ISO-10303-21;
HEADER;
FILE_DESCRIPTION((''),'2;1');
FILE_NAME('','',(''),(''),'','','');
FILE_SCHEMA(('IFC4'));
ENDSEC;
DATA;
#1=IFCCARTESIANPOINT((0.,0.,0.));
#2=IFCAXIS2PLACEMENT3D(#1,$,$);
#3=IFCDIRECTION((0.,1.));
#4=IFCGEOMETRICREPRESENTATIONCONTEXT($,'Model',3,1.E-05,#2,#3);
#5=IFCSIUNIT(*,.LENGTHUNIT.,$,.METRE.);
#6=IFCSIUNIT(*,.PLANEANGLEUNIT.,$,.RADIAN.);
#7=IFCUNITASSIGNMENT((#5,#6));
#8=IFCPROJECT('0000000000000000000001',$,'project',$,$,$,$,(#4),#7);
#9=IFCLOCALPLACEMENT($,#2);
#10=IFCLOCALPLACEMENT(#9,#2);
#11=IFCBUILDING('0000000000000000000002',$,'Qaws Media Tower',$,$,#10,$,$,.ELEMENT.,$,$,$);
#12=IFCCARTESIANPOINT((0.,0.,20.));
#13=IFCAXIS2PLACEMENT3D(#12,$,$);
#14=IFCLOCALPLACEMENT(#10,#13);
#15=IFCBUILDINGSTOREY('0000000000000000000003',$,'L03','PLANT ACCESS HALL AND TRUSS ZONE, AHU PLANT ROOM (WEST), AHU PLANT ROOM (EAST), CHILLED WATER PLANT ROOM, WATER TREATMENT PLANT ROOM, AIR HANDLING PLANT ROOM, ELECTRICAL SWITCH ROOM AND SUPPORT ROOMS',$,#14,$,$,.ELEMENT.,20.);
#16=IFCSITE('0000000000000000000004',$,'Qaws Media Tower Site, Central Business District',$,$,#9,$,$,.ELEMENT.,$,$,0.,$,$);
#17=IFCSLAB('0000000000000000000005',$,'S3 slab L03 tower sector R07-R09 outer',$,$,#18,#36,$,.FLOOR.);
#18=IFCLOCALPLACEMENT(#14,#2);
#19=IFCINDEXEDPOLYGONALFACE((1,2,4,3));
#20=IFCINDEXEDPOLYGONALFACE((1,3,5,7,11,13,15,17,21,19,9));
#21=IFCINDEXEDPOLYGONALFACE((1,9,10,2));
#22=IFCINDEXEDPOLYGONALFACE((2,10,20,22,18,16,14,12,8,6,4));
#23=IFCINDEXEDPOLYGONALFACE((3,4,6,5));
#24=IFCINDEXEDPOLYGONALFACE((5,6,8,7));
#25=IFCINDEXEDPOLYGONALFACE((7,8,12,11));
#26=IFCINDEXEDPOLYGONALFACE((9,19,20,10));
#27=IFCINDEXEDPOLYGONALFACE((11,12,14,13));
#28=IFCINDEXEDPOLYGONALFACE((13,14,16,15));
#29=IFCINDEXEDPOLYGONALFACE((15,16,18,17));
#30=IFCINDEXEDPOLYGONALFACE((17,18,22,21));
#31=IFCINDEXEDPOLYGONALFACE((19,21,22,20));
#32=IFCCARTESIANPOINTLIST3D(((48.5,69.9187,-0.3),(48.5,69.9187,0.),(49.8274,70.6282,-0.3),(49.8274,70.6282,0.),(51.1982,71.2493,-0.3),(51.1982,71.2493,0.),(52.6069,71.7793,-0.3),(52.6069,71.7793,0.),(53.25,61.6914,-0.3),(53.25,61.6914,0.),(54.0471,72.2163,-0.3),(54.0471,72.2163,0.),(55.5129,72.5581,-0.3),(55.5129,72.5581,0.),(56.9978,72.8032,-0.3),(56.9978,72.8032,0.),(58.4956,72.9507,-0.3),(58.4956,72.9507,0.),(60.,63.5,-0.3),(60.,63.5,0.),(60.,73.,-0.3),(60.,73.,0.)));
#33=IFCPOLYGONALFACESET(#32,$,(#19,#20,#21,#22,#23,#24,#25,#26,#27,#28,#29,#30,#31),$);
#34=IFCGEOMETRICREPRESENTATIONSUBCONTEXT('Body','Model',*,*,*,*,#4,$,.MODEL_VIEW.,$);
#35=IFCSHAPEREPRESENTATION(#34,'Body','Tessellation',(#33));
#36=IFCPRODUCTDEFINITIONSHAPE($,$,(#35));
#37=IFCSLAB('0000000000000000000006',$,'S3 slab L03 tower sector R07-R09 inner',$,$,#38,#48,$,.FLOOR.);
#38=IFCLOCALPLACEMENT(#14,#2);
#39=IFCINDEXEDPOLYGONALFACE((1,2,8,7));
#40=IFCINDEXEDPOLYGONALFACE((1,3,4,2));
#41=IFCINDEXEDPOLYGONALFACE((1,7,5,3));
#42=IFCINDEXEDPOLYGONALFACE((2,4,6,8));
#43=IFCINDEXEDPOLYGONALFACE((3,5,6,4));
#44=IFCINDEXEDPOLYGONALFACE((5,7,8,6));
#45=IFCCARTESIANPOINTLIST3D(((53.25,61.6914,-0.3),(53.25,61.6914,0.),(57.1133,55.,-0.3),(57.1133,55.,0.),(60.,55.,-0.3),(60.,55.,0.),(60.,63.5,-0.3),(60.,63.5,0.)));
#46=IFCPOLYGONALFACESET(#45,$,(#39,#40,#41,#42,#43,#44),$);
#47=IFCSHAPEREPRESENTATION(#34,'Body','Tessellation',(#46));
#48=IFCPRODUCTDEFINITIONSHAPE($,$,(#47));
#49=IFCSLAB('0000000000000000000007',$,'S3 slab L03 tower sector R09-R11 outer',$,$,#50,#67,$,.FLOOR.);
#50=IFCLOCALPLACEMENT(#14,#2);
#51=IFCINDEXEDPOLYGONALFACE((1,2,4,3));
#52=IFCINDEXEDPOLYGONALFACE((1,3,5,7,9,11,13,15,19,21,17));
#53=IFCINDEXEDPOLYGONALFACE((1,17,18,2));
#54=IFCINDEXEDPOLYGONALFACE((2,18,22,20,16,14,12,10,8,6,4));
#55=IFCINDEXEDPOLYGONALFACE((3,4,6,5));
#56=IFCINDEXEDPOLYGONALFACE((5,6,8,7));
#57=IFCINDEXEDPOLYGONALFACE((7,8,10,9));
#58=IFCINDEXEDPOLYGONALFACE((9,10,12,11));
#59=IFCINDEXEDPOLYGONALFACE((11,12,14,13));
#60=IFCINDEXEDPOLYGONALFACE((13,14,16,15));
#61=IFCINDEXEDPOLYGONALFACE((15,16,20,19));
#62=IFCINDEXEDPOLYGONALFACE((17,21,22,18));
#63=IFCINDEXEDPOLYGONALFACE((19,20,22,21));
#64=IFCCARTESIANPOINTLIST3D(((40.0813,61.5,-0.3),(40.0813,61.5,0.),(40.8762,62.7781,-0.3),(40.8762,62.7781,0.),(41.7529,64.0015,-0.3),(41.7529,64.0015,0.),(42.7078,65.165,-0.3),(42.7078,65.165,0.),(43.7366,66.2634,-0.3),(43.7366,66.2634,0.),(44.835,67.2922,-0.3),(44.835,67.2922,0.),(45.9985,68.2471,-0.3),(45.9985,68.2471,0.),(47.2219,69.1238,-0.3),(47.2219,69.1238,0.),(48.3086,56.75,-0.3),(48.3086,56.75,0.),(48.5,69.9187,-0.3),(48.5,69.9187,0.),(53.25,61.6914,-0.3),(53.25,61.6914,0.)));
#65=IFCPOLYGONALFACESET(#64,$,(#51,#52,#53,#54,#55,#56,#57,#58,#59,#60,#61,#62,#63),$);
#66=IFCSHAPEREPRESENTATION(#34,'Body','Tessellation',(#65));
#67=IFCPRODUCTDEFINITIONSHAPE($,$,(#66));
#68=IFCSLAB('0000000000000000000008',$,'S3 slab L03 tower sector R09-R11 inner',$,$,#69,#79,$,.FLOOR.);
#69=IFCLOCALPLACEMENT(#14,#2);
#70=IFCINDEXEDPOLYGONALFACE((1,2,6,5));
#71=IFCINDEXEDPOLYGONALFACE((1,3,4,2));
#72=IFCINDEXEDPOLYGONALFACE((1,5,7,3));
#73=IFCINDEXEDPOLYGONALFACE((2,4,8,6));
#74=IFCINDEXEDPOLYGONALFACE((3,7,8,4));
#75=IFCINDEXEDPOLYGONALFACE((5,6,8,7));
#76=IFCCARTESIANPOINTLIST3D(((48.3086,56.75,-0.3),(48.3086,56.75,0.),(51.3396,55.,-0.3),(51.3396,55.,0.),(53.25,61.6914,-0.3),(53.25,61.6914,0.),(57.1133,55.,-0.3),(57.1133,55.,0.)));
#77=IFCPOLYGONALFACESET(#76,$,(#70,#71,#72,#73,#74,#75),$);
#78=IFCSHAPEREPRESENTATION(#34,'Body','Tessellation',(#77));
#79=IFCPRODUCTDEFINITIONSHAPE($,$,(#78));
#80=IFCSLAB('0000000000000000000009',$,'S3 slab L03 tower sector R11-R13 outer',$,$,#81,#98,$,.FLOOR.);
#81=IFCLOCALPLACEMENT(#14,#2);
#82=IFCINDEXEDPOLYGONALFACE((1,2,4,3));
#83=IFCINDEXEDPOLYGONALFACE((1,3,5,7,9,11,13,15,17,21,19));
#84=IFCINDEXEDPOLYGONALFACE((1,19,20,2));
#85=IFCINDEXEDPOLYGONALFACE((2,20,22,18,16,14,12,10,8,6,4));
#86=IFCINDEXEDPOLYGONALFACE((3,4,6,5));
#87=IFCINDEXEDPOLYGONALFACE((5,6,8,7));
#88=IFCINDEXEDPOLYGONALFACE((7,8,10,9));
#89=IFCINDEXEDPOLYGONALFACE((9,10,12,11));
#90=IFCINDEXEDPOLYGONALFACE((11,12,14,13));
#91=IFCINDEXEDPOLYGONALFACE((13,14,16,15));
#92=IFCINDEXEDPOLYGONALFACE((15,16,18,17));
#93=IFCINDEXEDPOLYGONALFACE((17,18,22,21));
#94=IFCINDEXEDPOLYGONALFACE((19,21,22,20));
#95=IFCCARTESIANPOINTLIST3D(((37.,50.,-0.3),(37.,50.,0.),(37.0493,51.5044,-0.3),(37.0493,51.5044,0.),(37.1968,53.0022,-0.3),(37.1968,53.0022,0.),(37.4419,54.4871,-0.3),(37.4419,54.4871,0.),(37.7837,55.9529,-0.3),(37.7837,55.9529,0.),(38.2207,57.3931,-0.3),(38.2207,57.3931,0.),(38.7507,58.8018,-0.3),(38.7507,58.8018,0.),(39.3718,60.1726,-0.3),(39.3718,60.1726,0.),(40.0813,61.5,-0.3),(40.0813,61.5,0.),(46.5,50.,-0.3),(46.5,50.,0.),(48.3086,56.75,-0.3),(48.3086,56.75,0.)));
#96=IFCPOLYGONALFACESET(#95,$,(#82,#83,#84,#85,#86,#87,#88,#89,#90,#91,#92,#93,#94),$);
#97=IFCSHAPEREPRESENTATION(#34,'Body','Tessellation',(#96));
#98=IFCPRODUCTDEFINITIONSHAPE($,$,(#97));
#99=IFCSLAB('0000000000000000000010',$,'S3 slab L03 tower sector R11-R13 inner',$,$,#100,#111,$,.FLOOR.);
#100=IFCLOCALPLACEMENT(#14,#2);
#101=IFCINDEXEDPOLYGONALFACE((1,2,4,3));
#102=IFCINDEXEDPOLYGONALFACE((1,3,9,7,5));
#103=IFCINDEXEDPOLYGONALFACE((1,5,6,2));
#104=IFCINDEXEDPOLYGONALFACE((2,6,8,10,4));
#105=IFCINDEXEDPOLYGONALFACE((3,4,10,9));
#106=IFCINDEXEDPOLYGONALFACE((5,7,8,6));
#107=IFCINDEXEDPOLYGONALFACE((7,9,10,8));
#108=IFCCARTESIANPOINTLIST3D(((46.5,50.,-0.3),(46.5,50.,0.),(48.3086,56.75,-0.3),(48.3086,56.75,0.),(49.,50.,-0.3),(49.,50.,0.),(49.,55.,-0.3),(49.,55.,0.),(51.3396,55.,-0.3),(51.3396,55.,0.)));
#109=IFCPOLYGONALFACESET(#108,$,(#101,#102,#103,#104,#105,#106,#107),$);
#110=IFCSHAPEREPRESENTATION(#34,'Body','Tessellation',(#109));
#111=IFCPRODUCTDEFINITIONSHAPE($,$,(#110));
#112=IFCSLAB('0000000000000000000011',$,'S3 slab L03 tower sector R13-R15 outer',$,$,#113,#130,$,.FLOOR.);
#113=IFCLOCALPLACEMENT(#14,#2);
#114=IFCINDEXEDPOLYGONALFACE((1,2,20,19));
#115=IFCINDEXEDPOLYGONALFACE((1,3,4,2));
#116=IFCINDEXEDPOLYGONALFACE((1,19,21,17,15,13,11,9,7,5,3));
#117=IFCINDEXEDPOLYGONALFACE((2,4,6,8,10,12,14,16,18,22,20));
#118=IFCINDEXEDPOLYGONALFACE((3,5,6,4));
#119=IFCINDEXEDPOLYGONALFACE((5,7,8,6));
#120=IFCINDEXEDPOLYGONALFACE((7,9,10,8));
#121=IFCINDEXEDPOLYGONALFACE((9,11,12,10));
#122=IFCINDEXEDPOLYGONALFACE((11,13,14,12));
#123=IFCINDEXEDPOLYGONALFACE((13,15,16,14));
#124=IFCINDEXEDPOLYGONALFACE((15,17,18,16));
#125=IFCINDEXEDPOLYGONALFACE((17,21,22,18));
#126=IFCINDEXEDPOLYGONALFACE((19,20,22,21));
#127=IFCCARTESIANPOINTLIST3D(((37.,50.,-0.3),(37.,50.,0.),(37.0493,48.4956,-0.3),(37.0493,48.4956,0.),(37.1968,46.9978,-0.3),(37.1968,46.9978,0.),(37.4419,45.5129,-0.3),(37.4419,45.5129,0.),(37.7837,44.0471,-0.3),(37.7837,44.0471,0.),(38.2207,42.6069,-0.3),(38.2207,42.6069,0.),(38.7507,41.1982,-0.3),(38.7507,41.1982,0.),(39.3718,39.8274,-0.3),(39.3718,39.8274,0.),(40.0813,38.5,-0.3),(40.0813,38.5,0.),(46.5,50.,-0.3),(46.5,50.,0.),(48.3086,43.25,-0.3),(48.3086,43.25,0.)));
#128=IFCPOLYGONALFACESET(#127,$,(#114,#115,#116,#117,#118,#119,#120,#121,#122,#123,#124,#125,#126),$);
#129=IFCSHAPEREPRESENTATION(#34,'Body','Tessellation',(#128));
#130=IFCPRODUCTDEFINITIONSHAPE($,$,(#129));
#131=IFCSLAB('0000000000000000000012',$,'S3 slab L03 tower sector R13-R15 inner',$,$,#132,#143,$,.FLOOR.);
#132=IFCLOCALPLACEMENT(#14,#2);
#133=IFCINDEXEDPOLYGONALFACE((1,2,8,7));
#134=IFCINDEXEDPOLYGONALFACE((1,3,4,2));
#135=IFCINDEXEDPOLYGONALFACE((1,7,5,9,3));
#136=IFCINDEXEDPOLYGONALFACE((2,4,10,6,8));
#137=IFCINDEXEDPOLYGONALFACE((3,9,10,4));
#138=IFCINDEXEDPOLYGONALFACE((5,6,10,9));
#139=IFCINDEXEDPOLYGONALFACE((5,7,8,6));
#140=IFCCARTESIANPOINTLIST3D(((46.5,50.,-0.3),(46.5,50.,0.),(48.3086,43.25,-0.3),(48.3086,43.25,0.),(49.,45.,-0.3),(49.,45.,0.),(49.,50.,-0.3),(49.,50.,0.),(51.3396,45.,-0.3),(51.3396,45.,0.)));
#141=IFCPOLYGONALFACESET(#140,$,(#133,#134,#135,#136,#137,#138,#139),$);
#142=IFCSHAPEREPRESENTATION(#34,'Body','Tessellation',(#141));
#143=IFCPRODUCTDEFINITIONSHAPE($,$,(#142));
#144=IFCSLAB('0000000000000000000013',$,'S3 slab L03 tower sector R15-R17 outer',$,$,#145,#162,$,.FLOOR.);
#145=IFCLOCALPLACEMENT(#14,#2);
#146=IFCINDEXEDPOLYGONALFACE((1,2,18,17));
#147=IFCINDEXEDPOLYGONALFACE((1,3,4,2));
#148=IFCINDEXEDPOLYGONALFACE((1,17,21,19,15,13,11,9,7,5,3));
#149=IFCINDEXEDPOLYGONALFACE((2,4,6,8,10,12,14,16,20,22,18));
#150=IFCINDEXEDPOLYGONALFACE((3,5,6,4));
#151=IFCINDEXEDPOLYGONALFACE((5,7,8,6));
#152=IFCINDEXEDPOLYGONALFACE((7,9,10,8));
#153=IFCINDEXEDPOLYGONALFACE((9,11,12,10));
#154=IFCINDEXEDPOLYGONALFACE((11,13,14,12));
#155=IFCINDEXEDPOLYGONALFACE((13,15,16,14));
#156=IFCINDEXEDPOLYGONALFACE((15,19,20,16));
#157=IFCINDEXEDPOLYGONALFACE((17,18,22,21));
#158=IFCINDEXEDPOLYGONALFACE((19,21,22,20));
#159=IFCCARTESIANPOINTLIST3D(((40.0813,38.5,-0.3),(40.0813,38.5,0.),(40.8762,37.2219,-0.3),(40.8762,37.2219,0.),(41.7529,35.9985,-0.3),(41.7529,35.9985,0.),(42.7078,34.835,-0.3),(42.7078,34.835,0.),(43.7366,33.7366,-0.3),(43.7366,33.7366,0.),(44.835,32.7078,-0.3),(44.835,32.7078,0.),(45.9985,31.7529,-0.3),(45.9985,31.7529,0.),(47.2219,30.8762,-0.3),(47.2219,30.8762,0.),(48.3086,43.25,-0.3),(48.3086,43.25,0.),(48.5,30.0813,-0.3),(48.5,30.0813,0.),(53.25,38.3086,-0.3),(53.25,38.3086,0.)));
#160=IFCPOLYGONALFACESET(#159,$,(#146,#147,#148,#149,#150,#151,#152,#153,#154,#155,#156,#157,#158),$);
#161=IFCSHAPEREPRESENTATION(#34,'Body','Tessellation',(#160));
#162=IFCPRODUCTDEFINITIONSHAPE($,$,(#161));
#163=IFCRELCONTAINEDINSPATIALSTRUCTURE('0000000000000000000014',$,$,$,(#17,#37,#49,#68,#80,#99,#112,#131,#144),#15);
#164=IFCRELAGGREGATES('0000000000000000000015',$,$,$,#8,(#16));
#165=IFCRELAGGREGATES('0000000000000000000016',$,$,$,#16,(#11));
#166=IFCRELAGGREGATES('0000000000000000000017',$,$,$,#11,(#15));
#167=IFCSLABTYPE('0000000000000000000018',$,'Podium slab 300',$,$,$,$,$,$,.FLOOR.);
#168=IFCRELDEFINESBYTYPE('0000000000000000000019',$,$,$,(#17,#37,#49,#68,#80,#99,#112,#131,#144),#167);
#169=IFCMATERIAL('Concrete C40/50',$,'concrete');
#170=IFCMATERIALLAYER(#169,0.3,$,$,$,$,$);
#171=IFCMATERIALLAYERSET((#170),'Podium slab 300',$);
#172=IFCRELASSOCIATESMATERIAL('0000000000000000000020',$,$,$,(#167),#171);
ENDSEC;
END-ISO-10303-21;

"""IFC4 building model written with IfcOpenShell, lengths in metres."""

from ifc_helpers import new_model, si_unit, direction, frame, origin, place, context, subcontext, project, spatial, polyline, outline, extrude, material, layer, layer_set, type_object, element, save


model = new_model("IFC4")

# Units and contexts
model_context = context("Model", 3, precision=1e-05, world=origin(), true_north=direction((0.0, 1.0)))
body_context = subcontext(model_context, "Body", "Model", "MODEL_VIEW")
ifc_project = project(units=[si_unit("LENGTHUNIT", "METRE"), si_unit("PLANEANGLEUNIT", "RADIAN")], contexts=[model_context])

# Site, building, storey
site_placement = place(None, origin())
site = spatial("IfcSite", under=ifc_project, at=site_placement, Name="Qaws Media Tower Site, Central Business District", CompositionType="ELEMENT", RefElevation=0.0)
building_placement = place(site_placement, origin())
building = spatial("IfcBuilding", under=site, at=building_placement, Name="Qaws Media Tower", CompositionType="ELEMENT")
storey_placement = place(building_placement, frame((0.0, 0.0, 20.0)))
storey = spatial("IfcBuildingStorey", under=building, at=storey_placement, Name="L03", Description="PLANT ACCESS HALL AND TRUSS ZONE, AHU PLANT ROOM (WEST), AHU PLANT ROOM (EAST), CHILLED WATER PLANT ROOM, WATER TREATMENT PLANT ROOM, AIR HANDLING PLANT ROOM, ELECTRICAL SWITCH ROOM AND SUPPORT ROOMS", CompositionType="ELEMENT", Elevation=20.0)

# Slabs
ifc_material = material(Name="Concrete C40/50", Category="concrete")
ifc_layer = layer(ifc_material, 0.3)
ifc_layer_set = layer_set([ifc_layer], Name="Podium slab 300")
slab_type = type_object("IfcSlabType", Name="Podium slab 300", PredefinedType="FLOOR", material=ifc_layer_set)
slab_1_placement = place(storey_placement, frame((0.0, 0.0, -0.3)))
element("IfcSlab", 1, at=slab_1_placement, inside=storey, type_object=slab_type, Name="S3 slab L03 tower sector R07-R09 outer", PredefinedType="FLOOR", context=body_context, shape_type="SweptSolid", body=[
    extrude(outline(polyline([(56.9978, 72.8032), (58.4956, 72.9507), (60.0, 73.0), (60.0, 63.5), (53.25, 61.6914), (48.5, 69.9187), (49.8274, 70.6282), (51.1982, 71.2493), (52.6069, 71.7793), (54.0471, 72.2163), (55.5129, 72.5581), (56.9978, 72.8032)])), origin(), (0.0, 0.0, 1.0), 0.3),
])
slab_2_placement = place(storey_placement, frame((0.0, 0.0, -0.3)))
element("IfcSlab", 2, at=slab_2_placement, inside=storey, type_object=slab_type, Name="S3 slab L03 tower sector R07-R09 inner", PredefinedType="FLOOR", context=body_context, shape_type="SweptSolid", body=[
    extrude(outline(polyline([(60.0, 55.0), (57.1133, 55.0), (53.25, 61.6914), (60.0, 63.5), (60.0, 55.0)])), origin(), (0.0, 0.0, 1.0), 0.3),
])
slab_3_placement = place(storey_placement, frame((0.0, 0.0, -0.3)))
element("IfcSlab", 3, at=slab_3_placement, inside=storey, type_object=slab_type, Name="S3 slab L03 tower sector R09-R11 outer", PredefinedType="FLOOR", context=body_context, shape_type="SweptSolid", body=[
    extrude(outline(polyline([(45.9985, 68.2471), (47.2219, 69.1238), (48.5, 69.9187), (53.25, 61.6914), (48.3086, 56.75), (40.0813, 61.5), (40.8762, 62.7781), (41.7529, 64.0015), (42.7078, 65.165), (43.7366, 66.2634), (44.835, 67.2922), (45.9985, 68.2471)])), origin(), (0.0, 0.0, 1.0), 0.3),
])
slab_4_placement = place(storey_placement, frame((0.0, 0.0, -0.3)))
element("IfcSlab", 4, at=slab_4_placement, inside=storey, type_object=slab_type, Name="S3 slab L03 tower sector R09-R11 inner", PredefinedType="FLOOR", context=body_context, shape_type="SweptSolid", body=[
    extrude(outline(polyline([(57.1133, 55.0), (51.3396, 55.0), (48.3086, 56.75), (53.25, 61.6914), (57.1133, 55.0)])), origin(), (0.0, 0.0, 1.0), 0.3),
])
slab_5_placement = place(storey_placement, frame((0.0, 0.0, -0.3)))
element("IfcSlab", 5, at=slab_5_placement, inside=storey, type_object=slab_type, Name="S3 slab L03 tower sector R11-R13 outer", PredefinedType="FLOOR", context=body_context, shape_type="SweptSolid", body=[
    extrude(outline(polyline([(38.7507, 58.8018), (39.3718, 60.1726), (40.0813, 61.5), (48.3086, 56.75), (46.5, 50.0), (37.0, 50.0), (37.0493, 51.5044), (37.1968, 53.0022), (37.4419, 54.4871), (37.7837, 55.9529), (38.2207, 57.3931), (38.7507, 58.8018)])), origin(), (0.0, 0.0, 1.0), 0.3),
])
slab_6_placement = place(storey_placement, frame((0.0, 0.0, -0.3)))
element("IfcSlab", 6, at=slab_6_placement, inside=storey, type_object=slab_type, Name="S3 slab L03 tower sector R11-R13 inner", PredefinedType="FLOOR", context=body_context, shape_type="SweptSolid", body=[
    extrude(outline(polyline([(51.3396, 55.0), (49.0, 55.0), (49.0, 50.0), (46.5, 50.0), (48.3086, 56.75), (51.3396, 55.0)])), origin(), (0.0, 0.0, 1.0), 0.3),
])
slab_7_placement = place(storey_placement, frame((0.0, 0.0, -0.3)))
element("IfcSlab", 7, at=slab_7_placement, inside=storey, type_object=slab_type, Name="S3 slab L03 tower sector R13-R15 outer", PredefinedType="FLOOR", context=body_context, shape_type="SweptSolid", body=[
    extrude(outline(polyline([(37.1968, 46.9978), (37.0493, 48.4956), (37.0, 50.0), (46.5, 50.0), (48.3086, 43.25), (40.0813, 38.5), (39.3718, 39.8274), (38.7507, 41.1982), (38.2207, 42.6069), (37.7837, 44.0471), (37.4419, 45.5129), (37.1968, 46.9978)])), origin(), (0.0, 0.0, 1.0), 0.3),
])
slab_8_placement = place(storey_placement, frame((0.0, 0.0, -0.3)))
element("IfcSlab", 8, at=slab_8_placement, inside=storey, type_object=slab_type, Name="S3 slab L03 tower sector R13-R15 inner", PredefinedType="FLOOR", context=body_context, shape_type="SweptSolid", body=[
    extrude(outline(polyline([(49.0, 50.0), (49.0, 45.0), (51.3396, 45.0), (48.3086, 43.25), (46.5, 50.0), (49.0, 50.0)])), origin(), (0.0, 0.0, 1.0), 0.3),
])
slab_9_placement = place(storey_placement, frame((0.0, 0.0, -0.3)))
element("IfcSlab", 9, at=slab_9_placement, inside=storey, type_object=slab_type, Name="S3 slab L03 tower sector R15-R17 outer", PredefinedType="FLOOR", context=body_context, shape_type="SweptSolid", body=[
    extrude(outline(polyline([(41.7529, 35.9985), (40.8762, 37.2219), (40.0813, 38.5), (48.3086, 43.25), (53.25, 38.3086), (48.5, 30.0813), (47.2219, 30.8762), (45.9985, 31.7529), (44.835, 32.7078), (43.7366, 33.7366), (42.7078, 34.835), (41.7529, 35.9985)])), origin(), (0.0, 0.0, 1.0), 0.3),
])

save(model, "model.ifc")
